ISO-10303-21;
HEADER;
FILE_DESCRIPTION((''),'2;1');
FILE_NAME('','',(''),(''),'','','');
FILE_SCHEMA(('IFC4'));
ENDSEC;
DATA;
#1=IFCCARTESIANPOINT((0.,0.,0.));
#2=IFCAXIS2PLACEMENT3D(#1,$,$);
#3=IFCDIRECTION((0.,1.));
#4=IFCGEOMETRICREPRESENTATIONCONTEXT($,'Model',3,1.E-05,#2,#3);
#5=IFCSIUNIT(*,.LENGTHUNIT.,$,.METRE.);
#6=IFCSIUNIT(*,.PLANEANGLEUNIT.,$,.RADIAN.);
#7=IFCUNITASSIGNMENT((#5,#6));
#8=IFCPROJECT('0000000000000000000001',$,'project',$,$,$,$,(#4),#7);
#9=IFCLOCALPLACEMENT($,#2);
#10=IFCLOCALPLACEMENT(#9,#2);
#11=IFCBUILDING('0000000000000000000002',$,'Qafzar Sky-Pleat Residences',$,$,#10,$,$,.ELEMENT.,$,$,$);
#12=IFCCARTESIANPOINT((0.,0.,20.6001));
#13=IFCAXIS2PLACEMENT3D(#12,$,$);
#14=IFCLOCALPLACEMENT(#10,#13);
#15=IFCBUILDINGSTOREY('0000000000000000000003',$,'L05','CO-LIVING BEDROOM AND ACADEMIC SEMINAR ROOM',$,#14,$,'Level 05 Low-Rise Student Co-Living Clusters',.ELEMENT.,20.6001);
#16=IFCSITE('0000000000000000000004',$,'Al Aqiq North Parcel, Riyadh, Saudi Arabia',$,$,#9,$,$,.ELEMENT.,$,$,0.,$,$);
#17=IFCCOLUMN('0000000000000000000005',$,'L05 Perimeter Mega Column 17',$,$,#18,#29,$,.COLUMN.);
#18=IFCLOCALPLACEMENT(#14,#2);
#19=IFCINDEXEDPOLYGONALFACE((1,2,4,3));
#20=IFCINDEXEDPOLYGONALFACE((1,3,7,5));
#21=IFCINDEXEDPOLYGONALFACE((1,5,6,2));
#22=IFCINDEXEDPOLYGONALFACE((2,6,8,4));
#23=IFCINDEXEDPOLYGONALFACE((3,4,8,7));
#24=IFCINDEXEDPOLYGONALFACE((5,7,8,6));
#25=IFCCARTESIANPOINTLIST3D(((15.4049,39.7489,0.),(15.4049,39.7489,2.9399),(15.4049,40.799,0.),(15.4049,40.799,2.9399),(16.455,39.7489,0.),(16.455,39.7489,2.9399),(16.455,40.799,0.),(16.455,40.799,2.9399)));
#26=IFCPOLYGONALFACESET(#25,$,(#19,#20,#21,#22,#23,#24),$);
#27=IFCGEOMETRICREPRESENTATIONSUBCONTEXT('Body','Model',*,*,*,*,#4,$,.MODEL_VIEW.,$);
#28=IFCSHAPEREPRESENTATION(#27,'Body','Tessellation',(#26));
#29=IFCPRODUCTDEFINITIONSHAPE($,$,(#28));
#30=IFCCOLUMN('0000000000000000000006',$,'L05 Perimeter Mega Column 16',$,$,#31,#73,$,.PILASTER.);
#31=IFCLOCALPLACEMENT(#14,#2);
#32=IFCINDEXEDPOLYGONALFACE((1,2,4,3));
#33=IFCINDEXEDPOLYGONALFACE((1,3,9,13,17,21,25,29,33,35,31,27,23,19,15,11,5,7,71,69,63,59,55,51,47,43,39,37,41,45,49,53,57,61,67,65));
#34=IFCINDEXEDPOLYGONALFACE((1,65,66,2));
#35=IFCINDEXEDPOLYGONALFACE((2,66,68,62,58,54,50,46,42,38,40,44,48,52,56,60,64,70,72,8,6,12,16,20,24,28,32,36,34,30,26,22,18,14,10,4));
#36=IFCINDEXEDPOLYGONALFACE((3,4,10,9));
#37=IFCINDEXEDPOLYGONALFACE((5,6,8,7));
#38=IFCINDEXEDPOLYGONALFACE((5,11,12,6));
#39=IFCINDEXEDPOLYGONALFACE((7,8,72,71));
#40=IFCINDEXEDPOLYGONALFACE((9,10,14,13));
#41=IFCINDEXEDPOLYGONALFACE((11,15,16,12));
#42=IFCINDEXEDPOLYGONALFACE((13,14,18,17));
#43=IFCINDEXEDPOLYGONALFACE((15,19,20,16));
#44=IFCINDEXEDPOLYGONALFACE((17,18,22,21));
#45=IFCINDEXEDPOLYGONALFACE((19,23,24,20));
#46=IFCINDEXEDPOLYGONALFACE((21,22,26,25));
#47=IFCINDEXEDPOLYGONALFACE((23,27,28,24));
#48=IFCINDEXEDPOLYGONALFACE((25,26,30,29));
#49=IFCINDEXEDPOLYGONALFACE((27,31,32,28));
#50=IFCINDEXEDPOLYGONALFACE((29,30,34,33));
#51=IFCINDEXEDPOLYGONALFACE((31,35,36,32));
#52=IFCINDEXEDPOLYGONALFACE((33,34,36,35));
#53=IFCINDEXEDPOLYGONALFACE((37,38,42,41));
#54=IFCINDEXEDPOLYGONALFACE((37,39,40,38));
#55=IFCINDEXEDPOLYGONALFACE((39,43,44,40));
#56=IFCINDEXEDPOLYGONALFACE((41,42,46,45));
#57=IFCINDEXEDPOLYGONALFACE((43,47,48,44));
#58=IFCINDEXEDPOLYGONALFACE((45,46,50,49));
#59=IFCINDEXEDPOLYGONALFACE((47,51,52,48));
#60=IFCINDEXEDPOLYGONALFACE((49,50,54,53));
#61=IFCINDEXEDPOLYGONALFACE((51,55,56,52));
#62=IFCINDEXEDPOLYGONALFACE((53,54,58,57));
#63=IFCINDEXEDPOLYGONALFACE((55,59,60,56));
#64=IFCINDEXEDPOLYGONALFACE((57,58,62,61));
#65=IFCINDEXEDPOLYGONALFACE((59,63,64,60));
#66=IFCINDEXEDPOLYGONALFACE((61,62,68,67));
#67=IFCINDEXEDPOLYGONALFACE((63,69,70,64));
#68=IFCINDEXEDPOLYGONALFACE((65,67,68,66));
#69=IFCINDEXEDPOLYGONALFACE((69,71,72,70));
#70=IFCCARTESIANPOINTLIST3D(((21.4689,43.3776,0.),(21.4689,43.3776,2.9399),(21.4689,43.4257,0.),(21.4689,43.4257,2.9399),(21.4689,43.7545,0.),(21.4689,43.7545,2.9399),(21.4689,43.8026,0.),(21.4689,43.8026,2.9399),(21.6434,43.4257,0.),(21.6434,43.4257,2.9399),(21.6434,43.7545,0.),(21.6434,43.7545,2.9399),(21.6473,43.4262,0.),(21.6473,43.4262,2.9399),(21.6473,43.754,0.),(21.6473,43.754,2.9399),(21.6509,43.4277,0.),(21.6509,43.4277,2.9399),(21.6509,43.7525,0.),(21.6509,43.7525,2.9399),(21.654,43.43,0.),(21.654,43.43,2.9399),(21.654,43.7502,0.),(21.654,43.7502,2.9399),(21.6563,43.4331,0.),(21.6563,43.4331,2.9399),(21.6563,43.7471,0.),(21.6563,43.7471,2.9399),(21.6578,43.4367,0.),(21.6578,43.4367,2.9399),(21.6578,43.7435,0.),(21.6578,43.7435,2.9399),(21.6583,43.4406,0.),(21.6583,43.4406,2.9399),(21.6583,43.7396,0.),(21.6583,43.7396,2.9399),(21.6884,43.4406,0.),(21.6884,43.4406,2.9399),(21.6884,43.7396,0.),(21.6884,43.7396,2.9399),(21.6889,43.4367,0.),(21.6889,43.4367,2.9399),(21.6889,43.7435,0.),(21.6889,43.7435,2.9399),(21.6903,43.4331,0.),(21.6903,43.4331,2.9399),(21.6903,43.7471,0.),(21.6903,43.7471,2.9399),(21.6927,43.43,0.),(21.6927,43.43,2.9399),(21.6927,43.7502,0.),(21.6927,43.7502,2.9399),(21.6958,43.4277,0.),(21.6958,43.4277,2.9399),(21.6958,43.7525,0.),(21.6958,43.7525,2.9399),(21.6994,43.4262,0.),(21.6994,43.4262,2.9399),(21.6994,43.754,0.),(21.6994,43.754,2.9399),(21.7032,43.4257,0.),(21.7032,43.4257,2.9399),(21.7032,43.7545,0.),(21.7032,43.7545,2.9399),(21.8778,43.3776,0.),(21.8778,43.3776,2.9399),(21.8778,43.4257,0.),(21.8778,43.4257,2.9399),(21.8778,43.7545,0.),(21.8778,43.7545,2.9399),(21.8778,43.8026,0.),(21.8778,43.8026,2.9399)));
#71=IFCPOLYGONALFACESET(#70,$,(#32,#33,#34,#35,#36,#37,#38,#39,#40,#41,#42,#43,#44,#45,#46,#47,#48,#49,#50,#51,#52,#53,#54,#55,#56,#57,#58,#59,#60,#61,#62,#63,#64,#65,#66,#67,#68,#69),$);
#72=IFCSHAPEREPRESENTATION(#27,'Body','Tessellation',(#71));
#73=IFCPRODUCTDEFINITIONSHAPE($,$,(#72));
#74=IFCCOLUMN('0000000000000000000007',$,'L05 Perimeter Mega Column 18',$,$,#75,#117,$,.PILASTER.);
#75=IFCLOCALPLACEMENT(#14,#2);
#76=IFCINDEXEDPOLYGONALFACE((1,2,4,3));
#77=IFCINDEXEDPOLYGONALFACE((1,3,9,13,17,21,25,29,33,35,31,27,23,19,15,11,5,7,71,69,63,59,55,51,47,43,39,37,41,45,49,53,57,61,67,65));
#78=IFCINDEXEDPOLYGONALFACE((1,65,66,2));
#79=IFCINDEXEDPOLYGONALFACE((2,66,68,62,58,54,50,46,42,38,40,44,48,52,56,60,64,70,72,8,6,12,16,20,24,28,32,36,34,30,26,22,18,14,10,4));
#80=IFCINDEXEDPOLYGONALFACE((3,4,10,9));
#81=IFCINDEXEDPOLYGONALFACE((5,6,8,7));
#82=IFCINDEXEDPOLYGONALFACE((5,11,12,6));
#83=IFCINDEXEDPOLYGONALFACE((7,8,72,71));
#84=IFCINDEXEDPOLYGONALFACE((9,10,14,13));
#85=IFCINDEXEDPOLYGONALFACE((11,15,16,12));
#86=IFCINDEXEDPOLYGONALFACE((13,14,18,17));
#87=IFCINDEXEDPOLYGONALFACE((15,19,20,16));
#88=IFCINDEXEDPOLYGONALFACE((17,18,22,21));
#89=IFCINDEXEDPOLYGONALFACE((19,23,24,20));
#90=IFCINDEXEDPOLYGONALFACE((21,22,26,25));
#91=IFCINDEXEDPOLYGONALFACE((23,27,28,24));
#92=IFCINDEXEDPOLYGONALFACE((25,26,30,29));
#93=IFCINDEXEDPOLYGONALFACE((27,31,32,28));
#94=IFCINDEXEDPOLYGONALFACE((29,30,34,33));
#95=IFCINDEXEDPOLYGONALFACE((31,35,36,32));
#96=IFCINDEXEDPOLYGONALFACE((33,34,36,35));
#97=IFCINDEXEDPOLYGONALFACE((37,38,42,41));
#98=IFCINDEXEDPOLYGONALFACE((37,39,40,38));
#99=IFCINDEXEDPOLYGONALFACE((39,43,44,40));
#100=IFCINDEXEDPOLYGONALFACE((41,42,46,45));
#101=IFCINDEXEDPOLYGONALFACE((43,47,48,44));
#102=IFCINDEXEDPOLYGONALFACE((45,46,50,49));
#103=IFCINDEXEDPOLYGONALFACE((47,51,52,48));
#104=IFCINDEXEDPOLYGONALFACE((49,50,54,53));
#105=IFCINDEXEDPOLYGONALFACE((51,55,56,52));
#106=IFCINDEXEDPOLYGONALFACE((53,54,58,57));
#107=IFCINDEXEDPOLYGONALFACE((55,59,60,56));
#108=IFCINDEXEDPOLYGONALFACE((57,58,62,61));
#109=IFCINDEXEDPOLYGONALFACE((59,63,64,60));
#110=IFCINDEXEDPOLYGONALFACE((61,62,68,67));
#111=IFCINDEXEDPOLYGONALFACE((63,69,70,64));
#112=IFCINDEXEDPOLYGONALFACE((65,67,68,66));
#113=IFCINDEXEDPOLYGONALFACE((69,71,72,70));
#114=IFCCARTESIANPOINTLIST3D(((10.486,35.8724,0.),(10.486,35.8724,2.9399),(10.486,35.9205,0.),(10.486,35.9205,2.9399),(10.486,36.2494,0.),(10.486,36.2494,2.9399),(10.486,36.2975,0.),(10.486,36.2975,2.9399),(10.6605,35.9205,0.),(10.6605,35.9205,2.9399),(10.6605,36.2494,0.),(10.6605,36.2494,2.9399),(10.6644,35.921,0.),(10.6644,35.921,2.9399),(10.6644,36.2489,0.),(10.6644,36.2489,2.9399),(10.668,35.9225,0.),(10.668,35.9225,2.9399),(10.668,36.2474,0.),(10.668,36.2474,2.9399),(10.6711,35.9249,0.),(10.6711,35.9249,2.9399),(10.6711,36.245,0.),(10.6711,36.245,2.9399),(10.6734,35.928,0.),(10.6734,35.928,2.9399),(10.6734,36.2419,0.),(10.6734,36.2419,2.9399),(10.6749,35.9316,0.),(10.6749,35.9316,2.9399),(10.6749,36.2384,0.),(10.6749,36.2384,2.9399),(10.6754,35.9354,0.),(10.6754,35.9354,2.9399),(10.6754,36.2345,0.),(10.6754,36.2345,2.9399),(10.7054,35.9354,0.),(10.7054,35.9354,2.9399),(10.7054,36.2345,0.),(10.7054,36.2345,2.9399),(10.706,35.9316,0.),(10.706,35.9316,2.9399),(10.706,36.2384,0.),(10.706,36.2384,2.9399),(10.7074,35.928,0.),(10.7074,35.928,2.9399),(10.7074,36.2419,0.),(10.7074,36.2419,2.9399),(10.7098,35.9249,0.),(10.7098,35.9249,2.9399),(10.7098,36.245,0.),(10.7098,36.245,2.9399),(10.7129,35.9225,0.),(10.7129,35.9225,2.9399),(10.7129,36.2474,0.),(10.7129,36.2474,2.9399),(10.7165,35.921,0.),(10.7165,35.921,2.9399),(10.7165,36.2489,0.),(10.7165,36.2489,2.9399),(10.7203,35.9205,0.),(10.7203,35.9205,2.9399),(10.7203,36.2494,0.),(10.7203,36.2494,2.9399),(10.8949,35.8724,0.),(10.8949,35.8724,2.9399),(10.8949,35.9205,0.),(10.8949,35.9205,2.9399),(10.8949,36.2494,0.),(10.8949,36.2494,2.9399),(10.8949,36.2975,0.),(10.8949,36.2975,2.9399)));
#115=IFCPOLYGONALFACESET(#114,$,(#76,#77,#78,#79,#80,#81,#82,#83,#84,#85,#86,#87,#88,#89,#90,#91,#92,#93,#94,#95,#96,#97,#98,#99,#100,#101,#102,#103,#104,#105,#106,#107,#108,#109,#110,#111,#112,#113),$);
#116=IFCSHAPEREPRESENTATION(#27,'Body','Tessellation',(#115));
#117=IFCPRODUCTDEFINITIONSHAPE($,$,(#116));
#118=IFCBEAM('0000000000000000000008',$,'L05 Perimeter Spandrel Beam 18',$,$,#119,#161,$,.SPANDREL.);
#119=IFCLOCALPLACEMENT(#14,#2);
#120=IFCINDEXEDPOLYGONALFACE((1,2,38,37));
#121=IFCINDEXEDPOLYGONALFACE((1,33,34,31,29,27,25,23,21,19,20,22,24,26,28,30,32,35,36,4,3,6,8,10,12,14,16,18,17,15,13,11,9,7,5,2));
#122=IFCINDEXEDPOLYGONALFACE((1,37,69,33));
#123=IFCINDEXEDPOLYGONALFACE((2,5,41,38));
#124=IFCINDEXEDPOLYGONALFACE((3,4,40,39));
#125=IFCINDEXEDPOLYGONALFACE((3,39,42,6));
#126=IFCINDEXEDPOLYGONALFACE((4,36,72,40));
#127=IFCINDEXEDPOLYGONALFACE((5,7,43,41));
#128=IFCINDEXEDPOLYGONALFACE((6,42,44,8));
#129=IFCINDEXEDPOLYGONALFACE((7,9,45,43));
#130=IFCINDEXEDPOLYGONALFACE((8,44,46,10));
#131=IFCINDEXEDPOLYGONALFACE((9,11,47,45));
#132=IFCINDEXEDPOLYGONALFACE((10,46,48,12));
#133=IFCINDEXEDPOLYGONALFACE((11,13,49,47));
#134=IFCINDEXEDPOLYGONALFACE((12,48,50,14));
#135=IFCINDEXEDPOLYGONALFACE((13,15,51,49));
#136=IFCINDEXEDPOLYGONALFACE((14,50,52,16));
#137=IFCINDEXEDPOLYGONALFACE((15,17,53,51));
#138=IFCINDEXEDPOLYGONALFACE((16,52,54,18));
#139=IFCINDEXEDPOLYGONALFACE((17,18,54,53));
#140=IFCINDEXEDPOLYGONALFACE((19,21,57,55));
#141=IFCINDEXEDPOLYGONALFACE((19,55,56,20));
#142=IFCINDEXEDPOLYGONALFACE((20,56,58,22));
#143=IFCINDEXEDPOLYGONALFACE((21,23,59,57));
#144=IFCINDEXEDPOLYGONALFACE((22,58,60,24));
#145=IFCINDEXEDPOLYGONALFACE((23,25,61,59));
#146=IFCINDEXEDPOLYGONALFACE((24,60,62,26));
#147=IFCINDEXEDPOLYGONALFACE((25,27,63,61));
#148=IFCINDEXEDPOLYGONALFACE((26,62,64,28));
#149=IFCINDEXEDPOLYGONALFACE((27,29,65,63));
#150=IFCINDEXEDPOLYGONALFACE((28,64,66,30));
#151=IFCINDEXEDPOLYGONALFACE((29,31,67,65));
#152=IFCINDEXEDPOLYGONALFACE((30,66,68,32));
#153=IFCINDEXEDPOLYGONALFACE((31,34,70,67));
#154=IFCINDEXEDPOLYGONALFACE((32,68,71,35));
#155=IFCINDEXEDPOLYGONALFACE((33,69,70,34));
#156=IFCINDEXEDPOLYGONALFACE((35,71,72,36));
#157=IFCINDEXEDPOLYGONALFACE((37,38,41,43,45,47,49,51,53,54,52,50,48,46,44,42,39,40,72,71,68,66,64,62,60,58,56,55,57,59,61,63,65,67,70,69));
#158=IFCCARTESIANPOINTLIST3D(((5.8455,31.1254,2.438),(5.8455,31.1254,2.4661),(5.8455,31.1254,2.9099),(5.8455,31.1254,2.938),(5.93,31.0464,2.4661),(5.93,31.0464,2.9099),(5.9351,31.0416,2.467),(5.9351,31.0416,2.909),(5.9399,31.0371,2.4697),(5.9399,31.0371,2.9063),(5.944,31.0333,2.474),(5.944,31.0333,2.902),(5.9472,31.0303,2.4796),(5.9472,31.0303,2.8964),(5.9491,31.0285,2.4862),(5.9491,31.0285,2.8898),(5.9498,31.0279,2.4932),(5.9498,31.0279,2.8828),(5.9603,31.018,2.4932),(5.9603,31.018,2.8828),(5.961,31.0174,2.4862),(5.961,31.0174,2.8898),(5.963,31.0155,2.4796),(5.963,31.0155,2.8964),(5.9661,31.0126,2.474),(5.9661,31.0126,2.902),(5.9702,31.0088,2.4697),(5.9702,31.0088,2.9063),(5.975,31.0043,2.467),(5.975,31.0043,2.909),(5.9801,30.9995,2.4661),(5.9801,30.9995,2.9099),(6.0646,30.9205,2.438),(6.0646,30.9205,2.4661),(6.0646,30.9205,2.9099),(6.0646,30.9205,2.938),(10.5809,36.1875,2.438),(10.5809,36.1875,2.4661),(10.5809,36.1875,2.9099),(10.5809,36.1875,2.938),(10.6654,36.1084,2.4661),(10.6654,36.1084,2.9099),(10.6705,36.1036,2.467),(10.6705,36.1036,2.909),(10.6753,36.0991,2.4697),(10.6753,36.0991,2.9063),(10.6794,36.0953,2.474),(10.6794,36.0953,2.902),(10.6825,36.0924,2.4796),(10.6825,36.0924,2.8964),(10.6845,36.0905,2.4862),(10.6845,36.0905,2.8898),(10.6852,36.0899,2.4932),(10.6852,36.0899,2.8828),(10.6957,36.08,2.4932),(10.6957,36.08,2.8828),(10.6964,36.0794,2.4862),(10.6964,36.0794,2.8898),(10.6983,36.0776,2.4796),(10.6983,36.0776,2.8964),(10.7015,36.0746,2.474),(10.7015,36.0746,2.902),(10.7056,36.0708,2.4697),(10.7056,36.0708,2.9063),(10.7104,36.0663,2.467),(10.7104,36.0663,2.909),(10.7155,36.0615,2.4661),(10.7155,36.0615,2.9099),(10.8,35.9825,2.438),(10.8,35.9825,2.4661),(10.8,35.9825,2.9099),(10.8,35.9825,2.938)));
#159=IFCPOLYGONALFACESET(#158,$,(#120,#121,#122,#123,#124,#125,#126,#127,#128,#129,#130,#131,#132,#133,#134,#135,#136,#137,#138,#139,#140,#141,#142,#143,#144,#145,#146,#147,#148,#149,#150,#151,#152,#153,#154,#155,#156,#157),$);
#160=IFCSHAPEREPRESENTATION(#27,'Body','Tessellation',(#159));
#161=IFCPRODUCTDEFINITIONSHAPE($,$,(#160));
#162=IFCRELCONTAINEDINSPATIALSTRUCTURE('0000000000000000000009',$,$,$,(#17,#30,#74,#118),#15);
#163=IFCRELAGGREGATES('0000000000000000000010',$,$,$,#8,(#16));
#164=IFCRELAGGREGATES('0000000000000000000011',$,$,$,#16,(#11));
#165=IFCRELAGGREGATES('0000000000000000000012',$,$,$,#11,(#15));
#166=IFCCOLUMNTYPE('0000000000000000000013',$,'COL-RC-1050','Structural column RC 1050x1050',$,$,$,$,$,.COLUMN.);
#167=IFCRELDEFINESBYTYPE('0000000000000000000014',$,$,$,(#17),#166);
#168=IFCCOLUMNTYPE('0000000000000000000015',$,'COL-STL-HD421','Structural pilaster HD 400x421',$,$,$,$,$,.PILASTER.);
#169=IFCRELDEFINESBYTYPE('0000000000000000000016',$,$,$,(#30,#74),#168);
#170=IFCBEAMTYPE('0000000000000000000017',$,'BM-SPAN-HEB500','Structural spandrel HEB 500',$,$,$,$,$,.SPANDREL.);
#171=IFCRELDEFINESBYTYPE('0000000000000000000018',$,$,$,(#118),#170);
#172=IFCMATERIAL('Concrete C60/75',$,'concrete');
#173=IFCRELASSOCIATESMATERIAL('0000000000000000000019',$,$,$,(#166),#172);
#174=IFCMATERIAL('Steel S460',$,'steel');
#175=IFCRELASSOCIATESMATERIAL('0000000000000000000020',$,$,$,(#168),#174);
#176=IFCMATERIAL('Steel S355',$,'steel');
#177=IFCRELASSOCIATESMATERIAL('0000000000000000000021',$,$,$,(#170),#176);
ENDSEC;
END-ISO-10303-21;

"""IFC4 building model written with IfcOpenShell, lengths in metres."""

from ifc_helpers import new_model, si_unit, direction, frame, origin, origin_2d, place, context, subcontext, project, spatial, rectangle, i_section, extrude, source, transform, mapped, material, material_profile, profile_set, type_object, element, save


model = new_model("IFC4")

# Units and contexts
model_context = context("Model", 3, precision=1e-05, world=origin(), true_north=direction((0.0, 1.0)))
body_context = subcontext(model_context, "Body", "Model", "MODEL_VIEW")
ifc_project = project(units=[si_unit("LENGTHUNIT", "METRE"), si_unit("PLANEANGLEUNIT", "RADIAN")], contexts=[model_context])

# Site, building, storey
site_placement = place(None, origin())
site = spatial("IfcSite", under=ifc_project, at=site_placement, Name="Al Aqiq North Parcel, Riyadh, Saudi Arabia", CompositionType="ELEMENT", RefElevation=0.0)
building_placement = place(site_placement, origin())
building = spatial("IfcBuilding", under=site, at=building_placement, Name="Qafzar Sky-Pleat Residences", CompositionType="ELEMENT")
storey_placement = place(building_placement, frame((0.0, 0.0, 20.6001)))
storey = spatial("IfcBuildingStorey", under=building, at=storey_placement, Name="L05", Description="CO-LIVING BEDROOM AND ACADEMIC SEMINAR ROOM", LongName="Level 05 Low-Rise Student Co-Living Clusters", CompositionType="ELEMENT", Elevation=20.6001)

# Columns
ifc_material_1 = material(Name="Concrete C60/75", Category="concrete")
ifc_material_profile_1 = material_profile(ifc_material_1, rectangle(XDim=1.05, YDim=1.05, at=origin_2d()), Name="RC 1050x1050")
ifc_profile_set_1 = profile_set([ifc_material_profile_1], Name="Concrete C60/75")
column_type_1 = type_object("IfcColumnType", Name="COL-RC-1050", Description="Structural column RC 1050x1050", PredefinedType="COLUMN", material=ifc_profile_set_1)
shared_shape_1 = source(origin(), body_context, "Body", "SweptSolid", [
    extrude(rectangle(XDim=1.05, YDim=1.05, at=origin_2d()), origin(), (0.0, 0.0, 1.0), 2.9399),
])
column_placement = place(storey_placement, frame((15.9299, 40.2739, 0.0), z_axis=(0.0, 0.0, 1.0), x_axis=(1.0, 0.0, 0.0)))
element("IfcColumn", 1, at=column_placement, inside=storey, type_object=column_type_1, Name="L05 Perimeter Mega Column 17", PredefinedType="COLUMN", context=body_context, shape_type="MappedRepresentation", body=[
    mapped(shared_shape_1, transform((0.0, 0.0, 0.0), x_axis=(1.0, 0.0, 0.0), y_axis=(0.0, 1.0, 0.0), z_axis=(0.0, 0.0, 1.0), scale=1.0)),
])
ifc_material_2 = material(Name="Steel S460", Category="steel")
ifc_material_profile_2 = material_profile(ifc_material_2, i_section(OverallWidth=0.4089, OverallDepth=0.425, WebThickness=0.03, FlangeThickness=0.0481, FilletRadius=0.0149, at=origin_2d()), Name="HD 400x421")
ifc_profile_set_2 = profile_set([ifc_material_profile_2], Name="Steel S460")
column_type_2 = type_object("IfcColumnType", Name="COL-STL-HD421", Description="Structural pilaster HD 400x421", PredefinedType="PILASTER", material=ifc_profile_set_2)
shared_shape_2 = source(origin(), body_context, "Body", "SweptSolid", [
    extrude(i_section(OverallWidth=0.4089, OverallDepth=0.425, WebThickness=0.03, FlangeThickness=0.0481, FilletRadius=0.0149, at=origin_2d()), origin(), (0.0, 0.0, 1.0), 2.9399),
])
for number, where, z_axis, x_axis, name in (
    (2, (21.6733, 43.5901, 0.0), (0.0, 0.0, 1.0), (1.0, 0.0, 0.0), "L05 Perimeter Mega Column 16"),
    (3, (10.6904, 36.085, 0.0), (0.0, 0.0, 1.0), (1.0, 0.0, 0.0), "L05 Perimeter Mega Column 18"),
):
    element("IfcColumn", number, at=place(storey_placement, frame(where, z_axis=z_axis, x_axis=x_axis)), inside=storey, type_object=column_type_2, Name=name, PredefinedType="PILASTER", context=body_context, shape_type="MappedRepresentation", body=[
        mapped(shared_shape_2, transform((0.0, 0.0, 0.0), x_axis=(1.0, 0.0, 0.0), y_axis=(0.0, 1.0, 0.0), z_axis=(0.0, 0.0, 1.0), scale=1.0)),
    ])

# Beam
ifc_material_3 = material(Name="Steel S355", Category="steel")
ifc_material_profile_3 = material_profile(ifc_material_3, i_section(OverallWidth=0.3, OverallDepth=0.5, WebThickness=0.0144, FlangeThickness=0.0281, FilletRadius=0.0271, at=origin_2d()), Name="HEB 500")
ifc_profile_set_3 = profile_set([ifc_material_profile_3], Name="Steel S355")
beam_type_1 = type_object("IfcBeamType", Name="BM-SPAN-HEB500", Description="Structural spandrel HEB 500", PredefinedType="SPANDREL", material=ifc_profile_set_3)
shared_shape_3 = source(origin(), body_context, "Body", "SweptSolid", [
    extrude(i_section(OverallWidth=0.3, OverallDepth=0.5, WebThickness=0.0144, FlangeThickness=0.0281, FilletRadius=0.0271, at=origin_2d()), origin(), (0.0, 0.0, 1.0), 6.9316),
])
beam_1_placement = place(storey_placement, frame((10.6904, 36.085, 2.688), z_axis=(-0.683151, -0.730277, 0.0), x_axis=(0.730277, -0.683151, 0.0)))
element("IfcBeam", 4, at=beam_1_placement, inside=storey, type_object=beam_type_1, Name="L05 Perimeter Spandrel Beam 18", PredefinedType="SPANDREL", context=body_context, shape_type="MappedRepresentation", body=[
    mapped(shared_shape_3, transform((0.0, 0.0, 0.0), x_axis=(1.0, 0.0, 0.0), y_axis=(0.0, 1.0, 0.0), z_axis=(0.0, 0.0, 1.0), scale=1.0)),
])

save(model, "model.ifc")
